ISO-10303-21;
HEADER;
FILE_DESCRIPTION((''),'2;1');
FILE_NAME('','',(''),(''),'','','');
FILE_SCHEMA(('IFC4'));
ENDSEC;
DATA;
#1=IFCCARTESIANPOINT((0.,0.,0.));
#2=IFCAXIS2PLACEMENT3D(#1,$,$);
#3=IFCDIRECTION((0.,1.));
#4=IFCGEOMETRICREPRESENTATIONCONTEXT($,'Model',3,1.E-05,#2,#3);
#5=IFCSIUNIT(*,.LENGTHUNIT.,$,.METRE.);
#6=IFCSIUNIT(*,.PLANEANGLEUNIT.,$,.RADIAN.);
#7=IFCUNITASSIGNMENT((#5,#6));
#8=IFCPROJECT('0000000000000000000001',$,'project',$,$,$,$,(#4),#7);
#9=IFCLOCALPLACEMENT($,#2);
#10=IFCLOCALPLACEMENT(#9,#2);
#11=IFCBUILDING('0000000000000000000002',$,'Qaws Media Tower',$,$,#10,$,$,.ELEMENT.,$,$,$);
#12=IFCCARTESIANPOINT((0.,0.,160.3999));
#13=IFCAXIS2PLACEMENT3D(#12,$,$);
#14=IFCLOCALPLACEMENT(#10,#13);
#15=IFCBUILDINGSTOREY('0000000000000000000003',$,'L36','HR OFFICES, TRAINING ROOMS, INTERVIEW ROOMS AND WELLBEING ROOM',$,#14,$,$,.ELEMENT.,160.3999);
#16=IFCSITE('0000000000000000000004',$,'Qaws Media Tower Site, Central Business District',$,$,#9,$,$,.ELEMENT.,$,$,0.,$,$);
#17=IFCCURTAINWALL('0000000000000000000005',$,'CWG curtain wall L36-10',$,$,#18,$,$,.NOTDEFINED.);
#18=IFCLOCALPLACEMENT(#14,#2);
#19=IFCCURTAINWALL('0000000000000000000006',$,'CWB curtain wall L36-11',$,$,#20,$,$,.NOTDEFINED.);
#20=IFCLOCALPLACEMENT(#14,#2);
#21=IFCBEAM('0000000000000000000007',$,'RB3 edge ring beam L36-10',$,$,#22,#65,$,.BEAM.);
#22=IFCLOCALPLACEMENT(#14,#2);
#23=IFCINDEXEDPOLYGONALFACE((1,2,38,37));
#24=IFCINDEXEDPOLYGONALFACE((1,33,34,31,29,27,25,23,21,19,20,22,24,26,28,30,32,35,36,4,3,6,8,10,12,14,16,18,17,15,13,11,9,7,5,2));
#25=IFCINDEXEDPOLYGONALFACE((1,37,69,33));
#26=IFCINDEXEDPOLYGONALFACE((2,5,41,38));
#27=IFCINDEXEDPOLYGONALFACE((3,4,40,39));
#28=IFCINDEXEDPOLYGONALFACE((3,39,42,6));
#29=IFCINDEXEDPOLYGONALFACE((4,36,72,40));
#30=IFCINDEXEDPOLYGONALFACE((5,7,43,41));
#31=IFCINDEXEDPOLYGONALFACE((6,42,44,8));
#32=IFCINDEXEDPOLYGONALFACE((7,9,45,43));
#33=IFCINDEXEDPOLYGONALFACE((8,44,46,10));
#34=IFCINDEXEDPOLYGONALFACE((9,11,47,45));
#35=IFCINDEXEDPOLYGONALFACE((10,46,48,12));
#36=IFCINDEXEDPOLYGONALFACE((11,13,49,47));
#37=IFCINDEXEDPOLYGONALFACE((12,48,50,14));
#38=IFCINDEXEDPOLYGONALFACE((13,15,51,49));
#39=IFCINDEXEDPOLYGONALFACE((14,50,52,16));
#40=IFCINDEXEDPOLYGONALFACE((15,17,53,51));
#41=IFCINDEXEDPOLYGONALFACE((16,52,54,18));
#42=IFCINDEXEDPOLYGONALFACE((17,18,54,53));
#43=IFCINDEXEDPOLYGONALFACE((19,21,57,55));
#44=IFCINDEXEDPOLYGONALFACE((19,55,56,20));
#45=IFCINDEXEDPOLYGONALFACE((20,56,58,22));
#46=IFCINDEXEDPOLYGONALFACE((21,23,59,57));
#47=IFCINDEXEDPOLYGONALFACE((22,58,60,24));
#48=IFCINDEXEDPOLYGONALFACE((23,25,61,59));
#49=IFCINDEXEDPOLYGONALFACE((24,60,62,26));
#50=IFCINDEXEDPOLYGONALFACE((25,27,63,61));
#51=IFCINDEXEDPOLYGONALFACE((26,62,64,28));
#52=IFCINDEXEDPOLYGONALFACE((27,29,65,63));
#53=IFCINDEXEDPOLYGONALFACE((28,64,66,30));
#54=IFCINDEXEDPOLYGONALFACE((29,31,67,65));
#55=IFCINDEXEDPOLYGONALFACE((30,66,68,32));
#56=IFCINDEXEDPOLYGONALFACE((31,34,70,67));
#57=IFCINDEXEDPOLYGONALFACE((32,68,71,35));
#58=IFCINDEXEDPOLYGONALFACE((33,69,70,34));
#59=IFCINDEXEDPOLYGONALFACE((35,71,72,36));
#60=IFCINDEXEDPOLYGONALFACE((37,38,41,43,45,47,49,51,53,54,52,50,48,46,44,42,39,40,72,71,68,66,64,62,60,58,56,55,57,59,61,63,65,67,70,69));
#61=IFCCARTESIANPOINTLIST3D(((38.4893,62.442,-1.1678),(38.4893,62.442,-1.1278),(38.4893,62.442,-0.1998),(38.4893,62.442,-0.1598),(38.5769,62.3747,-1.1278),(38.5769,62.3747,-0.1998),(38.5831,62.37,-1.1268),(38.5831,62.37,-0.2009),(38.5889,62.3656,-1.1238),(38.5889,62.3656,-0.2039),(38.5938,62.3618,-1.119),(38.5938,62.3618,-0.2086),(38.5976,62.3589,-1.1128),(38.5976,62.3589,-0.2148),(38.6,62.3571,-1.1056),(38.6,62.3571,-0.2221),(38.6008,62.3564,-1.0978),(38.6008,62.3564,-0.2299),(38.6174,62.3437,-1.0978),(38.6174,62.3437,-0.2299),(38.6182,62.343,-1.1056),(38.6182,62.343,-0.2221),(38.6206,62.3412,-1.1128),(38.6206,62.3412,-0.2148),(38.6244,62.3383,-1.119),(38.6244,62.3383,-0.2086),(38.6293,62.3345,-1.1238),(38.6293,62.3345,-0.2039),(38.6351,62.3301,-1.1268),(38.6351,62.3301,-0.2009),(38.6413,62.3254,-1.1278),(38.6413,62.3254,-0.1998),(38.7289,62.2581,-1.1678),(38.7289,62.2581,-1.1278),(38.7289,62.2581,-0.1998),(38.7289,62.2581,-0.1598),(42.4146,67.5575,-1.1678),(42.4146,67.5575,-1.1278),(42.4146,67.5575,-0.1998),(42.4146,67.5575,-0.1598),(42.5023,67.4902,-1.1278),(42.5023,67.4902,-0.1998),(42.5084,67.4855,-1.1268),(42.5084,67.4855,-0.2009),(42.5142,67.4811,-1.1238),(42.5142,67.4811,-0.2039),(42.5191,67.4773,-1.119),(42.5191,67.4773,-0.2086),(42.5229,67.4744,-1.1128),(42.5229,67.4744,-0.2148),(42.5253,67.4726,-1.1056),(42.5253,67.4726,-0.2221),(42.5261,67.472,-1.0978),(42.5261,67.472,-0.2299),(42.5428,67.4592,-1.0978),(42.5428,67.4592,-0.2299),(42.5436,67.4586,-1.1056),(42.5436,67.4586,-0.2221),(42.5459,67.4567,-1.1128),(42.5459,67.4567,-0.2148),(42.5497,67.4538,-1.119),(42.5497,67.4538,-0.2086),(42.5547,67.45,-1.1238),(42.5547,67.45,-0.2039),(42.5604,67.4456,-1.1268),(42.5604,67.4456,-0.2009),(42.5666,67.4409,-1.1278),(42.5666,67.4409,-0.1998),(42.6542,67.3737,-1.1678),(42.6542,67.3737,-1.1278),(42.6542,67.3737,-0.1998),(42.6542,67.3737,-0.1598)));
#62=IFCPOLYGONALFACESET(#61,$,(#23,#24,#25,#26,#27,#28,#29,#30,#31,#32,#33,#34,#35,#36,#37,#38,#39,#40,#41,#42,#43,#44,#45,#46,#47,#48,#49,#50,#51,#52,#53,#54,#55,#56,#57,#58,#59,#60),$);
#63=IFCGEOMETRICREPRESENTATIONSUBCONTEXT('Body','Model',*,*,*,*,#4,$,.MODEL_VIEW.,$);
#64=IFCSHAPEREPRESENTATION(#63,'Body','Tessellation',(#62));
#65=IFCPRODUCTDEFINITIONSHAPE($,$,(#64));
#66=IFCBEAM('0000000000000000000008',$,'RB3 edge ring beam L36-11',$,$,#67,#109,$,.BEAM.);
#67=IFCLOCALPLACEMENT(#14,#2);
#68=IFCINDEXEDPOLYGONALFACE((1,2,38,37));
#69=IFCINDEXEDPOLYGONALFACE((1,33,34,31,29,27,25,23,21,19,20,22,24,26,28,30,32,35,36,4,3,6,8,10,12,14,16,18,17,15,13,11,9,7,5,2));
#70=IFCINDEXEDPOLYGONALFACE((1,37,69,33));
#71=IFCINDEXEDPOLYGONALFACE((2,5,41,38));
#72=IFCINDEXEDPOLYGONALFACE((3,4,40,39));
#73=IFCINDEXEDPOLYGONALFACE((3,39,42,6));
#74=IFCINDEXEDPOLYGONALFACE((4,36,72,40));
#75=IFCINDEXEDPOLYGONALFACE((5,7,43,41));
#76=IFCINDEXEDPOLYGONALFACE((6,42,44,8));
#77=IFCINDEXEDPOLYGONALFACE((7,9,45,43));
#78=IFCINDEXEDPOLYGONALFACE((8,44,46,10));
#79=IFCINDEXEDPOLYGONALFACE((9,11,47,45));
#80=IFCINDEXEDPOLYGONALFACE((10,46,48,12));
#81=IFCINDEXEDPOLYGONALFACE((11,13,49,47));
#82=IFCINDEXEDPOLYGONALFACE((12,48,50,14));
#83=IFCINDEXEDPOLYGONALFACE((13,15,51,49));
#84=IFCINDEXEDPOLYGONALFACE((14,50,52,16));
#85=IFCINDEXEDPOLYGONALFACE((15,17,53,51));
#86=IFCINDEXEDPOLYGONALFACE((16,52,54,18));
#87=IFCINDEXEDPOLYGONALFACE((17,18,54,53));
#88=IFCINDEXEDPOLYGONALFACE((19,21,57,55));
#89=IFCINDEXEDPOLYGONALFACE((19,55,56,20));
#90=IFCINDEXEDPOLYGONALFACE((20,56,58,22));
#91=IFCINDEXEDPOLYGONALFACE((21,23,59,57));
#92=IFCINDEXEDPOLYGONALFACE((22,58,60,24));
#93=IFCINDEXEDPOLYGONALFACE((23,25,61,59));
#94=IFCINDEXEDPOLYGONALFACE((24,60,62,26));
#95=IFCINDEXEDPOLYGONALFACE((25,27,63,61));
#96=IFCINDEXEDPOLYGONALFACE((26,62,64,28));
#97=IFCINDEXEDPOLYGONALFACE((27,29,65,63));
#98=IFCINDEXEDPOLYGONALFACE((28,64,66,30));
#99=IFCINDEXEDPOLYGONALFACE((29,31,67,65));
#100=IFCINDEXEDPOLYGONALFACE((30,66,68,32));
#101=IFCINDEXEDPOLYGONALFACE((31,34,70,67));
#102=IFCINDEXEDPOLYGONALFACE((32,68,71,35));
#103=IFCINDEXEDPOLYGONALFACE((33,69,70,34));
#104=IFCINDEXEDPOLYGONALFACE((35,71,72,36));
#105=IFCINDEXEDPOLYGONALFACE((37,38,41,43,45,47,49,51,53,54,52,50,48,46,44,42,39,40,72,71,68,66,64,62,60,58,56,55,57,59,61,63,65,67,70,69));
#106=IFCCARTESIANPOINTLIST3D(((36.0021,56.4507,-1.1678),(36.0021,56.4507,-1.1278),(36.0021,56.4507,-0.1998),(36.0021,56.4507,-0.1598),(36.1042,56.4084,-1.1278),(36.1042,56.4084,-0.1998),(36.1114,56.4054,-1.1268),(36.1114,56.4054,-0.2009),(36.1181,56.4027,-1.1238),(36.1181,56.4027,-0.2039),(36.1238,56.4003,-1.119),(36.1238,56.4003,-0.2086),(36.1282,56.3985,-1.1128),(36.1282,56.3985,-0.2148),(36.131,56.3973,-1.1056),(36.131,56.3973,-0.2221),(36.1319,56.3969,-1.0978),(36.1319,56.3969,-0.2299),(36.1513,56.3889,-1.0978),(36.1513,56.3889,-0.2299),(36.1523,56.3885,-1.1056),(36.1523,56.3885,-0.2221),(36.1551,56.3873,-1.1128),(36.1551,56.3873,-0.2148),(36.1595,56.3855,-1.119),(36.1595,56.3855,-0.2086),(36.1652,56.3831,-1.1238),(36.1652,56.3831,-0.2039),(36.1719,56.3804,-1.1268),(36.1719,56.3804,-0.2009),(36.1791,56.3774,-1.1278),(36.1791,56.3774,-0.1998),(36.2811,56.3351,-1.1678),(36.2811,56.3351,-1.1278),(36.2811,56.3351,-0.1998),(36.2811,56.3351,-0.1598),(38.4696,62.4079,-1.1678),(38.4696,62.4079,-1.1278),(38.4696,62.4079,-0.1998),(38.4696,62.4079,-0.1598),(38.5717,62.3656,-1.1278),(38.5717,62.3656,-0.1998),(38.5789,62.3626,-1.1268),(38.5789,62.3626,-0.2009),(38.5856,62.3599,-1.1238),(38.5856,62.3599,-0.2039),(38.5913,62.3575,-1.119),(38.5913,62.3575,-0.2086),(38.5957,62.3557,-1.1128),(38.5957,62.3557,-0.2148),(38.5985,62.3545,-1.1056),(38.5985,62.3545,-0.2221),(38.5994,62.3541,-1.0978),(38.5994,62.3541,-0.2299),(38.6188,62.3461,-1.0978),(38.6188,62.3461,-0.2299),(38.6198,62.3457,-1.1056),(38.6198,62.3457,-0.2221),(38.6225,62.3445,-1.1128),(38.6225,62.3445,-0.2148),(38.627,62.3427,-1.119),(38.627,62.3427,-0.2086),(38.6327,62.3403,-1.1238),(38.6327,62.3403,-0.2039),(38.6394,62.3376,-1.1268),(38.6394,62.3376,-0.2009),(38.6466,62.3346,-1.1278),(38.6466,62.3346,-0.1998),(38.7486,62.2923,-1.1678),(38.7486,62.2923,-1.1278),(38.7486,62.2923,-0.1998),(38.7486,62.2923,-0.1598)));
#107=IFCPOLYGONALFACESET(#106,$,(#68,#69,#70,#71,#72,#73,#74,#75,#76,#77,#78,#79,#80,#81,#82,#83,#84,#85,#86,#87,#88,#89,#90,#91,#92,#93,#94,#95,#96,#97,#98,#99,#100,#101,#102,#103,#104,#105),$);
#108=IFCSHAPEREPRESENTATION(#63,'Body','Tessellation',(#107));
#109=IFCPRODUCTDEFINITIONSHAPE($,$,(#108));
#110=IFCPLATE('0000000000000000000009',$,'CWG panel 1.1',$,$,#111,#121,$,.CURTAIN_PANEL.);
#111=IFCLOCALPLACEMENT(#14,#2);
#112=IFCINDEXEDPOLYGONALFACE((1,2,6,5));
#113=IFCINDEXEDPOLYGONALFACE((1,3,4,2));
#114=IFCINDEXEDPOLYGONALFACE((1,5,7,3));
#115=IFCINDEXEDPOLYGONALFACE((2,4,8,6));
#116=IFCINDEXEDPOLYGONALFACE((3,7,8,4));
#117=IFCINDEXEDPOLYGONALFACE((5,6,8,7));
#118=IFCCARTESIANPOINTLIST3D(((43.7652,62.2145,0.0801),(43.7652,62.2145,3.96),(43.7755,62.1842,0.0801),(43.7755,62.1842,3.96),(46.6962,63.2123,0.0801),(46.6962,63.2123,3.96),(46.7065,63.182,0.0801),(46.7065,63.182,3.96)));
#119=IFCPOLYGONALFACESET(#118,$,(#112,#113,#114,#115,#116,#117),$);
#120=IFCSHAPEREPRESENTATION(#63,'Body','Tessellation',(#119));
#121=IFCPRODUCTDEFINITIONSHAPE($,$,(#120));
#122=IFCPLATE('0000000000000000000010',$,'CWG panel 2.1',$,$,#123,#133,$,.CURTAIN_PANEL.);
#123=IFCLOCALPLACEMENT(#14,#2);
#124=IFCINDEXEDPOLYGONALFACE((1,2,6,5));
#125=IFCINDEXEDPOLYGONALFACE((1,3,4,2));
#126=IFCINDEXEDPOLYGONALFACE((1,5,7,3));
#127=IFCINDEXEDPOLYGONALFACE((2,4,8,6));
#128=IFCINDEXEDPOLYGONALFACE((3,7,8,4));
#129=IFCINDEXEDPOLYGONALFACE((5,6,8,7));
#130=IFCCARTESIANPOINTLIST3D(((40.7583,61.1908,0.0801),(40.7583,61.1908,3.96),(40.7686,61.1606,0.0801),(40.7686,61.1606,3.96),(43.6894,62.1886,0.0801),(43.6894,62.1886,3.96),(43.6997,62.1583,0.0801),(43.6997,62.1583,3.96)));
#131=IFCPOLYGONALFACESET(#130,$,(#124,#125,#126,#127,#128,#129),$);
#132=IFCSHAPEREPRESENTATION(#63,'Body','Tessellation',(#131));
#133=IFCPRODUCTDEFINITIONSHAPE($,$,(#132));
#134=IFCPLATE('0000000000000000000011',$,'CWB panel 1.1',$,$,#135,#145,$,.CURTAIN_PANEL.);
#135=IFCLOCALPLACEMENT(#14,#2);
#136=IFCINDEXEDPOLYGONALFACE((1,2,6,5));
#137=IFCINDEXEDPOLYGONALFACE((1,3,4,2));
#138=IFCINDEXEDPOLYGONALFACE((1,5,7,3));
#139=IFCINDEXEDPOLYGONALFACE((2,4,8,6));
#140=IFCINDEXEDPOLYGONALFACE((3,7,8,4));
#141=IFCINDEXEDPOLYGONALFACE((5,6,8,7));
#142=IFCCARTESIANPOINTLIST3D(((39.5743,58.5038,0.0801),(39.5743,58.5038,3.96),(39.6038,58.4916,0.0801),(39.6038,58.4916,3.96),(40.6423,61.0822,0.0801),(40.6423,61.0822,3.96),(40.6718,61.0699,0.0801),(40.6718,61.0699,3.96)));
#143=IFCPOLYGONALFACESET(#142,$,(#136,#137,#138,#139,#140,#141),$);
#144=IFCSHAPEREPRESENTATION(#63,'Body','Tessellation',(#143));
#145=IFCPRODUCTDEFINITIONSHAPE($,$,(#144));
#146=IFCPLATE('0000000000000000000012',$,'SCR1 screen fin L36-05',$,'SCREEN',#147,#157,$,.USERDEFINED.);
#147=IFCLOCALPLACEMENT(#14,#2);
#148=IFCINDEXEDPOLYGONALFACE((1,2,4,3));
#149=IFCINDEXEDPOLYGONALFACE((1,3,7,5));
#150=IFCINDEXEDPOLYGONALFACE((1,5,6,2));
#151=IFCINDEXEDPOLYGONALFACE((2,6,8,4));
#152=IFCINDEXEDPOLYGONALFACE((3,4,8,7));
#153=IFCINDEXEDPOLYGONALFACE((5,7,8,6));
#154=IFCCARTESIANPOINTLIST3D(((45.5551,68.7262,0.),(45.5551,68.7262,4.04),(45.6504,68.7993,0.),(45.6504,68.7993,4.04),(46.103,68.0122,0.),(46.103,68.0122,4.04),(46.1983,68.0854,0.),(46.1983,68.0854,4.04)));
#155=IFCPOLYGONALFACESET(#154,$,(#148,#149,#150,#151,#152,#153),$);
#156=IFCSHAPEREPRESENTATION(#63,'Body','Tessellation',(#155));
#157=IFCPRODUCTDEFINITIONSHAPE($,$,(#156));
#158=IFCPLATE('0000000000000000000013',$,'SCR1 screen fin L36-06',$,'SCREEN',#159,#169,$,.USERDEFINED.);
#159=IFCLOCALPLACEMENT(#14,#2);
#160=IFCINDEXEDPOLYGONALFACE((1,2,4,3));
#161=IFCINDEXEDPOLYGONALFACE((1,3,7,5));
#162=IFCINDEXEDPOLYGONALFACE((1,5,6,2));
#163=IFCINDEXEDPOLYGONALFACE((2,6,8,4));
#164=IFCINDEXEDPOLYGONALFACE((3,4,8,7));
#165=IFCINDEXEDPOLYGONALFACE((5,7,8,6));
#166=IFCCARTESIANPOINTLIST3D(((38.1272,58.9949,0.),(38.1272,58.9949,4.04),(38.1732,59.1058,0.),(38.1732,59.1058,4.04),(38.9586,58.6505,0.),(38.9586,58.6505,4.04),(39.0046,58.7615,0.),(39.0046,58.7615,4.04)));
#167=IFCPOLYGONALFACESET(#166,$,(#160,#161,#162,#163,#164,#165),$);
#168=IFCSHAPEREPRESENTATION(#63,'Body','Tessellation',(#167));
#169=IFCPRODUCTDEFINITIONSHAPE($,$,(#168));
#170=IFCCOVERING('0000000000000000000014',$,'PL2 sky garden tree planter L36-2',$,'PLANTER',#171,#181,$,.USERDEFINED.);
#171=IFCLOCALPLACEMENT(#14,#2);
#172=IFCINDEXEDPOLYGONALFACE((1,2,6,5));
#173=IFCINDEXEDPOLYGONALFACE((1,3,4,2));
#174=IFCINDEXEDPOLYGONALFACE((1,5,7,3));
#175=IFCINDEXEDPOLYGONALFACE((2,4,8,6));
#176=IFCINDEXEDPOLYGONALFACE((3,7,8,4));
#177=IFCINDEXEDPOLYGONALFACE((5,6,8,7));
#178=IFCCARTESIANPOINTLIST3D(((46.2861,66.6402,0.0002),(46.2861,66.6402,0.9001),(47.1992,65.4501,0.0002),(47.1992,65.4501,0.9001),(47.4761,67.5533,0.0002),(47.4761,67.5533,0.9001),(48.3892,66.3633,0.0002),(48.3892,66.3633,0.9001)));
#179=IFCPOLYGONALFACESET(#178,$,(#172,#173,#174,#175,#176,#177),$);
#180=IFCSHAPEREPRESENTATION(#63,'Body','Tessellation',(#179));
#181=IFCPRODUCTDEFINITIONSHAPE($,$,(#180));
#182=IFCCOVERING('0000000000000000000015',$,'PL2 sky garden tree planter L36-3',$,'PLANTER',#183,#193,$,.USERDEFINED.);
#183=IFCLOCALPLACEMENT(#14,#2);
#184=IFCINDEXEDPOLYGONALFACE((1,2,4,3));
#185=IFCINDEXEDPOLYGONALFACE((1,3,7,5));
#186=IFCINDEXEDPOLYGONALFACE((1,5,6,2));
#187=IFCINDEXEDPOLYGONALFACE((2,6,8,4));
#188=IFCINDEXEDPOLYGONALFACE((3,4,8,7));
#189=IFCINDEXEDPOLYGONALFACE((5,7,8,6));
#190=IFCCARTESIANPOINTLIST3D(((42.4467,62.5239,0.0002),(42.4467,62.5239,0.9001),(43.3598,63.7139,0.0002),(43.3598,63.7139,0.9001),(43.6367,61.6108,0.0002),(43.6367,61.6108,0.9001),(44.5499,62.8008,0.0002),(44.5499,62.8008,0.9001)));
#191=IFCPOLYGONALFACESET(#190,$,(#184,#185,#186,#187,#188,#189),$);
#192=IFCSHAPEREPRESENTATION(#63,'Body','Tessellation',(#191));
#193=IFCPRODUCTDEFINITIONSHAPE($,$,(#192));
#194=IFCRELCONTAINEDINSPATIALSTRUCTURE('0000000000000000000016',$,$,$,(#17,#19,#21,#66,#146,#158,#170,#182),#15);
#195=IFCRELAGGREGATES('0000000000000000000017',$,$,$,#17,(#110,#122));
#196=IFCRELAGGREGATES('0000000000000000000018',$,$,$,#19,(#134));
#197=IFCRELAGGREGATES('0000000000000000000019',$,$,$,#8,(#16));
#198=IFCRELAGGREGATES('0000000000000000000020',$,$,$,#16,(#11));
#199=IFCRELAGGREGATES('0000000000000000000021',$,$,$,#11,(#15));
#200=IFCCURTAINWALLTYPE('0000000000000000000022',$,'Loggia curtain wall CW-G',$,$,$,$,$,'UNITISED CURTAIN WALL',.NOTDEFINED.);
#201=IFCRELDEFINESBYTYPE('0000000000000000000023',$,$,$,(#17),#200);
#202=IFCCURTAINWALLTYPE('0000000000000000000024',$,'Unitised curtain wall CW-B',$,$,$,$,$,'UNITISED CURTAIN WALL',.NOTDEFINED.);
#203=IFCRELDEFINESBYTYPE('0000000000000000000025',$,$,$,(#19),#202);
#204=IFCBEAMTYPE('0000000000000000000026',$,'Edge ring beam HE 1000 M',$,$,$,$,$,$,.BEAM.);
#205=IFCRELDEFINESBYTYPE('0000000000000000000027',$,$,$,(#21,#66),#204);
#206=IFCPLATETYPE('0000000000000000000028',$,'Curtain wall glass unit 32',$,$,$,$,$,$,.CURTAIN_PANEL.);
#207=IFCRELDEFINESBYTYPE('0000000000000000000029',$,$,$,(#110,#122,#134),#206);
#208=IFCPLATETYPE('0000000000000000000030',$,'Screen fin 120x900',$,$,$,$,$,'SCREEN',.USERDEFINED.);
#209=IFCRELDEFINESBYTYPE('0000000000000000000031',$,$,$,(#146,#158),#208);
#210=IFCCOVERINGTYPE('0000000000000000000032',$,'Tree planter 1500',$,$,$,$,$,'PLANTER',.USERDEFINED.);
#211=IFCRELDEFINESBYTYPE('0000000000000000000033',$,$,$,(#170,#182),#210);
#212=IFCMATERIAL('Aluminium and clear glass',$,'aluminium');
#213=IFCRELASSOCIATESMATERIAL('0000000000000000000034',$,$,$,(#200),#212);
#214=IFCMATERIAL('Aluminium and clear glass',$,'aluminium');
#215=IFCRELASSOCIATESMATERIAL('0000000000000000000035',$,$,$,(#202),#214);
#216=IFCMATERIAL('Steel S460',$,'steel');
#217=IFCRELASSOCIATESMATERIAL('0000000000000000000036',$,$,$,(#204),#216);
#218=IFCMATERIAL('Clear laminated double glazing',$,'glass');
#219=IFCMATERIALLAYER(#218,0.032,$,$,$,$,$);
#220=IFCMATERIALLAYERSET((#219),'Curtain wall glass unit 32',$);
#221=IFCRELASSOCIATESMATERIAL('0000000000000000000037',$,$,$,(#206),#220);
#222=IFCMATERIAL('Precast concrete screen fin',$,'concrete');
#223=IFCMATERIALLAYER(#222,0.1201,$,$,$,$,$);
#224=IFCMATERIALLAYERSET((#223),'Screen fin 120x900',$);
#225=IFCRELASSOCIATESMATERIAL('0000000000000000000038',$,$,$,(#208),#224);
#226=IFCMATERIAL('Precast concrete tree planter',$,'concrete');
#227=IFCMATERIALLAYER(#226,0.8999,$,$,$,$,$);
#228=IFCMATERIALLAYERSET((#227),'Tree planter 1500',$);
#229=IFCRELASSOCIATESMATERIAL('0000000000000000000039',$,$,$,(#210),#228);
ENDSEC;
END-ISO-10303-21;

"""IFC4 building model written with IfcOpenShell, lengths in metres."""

from ifc_helpers import new_model, si_unit, direction, frame, origin, origin_2d, place, context, subcontext, project, spatial, rectangle, i_section, extrude, material, layer, layer_set, material_profile, profile_set, type_object, element, aggregate, save


model = new_model("IFC4")

# Units and contexts
model_context = context("Model", 3, precision=1e-05, world=origin(), true_north=direction((0.0, 1.0)))
body_context = subcontext(model_context, "Body", "Model", "MODEL_VIEW")
ifc_project = project(units=[si_unit("LENGTHUNIT", "METRE"), si_unit("PLANEANGLEUNIT", "RADIAN")], contexts=[model_context])

# Site, building, storey
site_placement = place(None, origin())
site = spatial("IfcSite", under=ifc_project, at=site_placement, Name="Qaws Media Tower Site, Central Business District", CompositionType="ELEMENT", RefElevation=0.0)
building_placement = place(site_placement, origin())
building = spatial("IfcBuilding", under=site, at=building_placement, Name="Qaws Media Tower", CompositionType="ELEMENT")
storey_placement = place(building_placement, frame((0.0, 0.0, 160.3999)))
storey = spatial("IfcBuildingStorey", under=building, at=storey_placement, Name="L36", Description="HR OFFICES, TRAINING ROOMS, INTERVIEW ROOMS AND WELLBEING ROOM", CompositionType="ELEMENT", Elevation=160.3999)

# Shared definitions
ifc_material_1 = material(Name="Aluminium and clear glass", Category="aluminium")
curtain_wall_type_1 = type_object("IfcCurtainWallType", Name="Loggia curtain wall CW-G", ElementType="UNITISED CURTAIN WALL", PredefinedType="NOTDEFINED", material=ifc_material_1)

# Curtain walls
curtain_wall_1_placement = place(storey_placement, origin())
curtain_wall_1 = element("IfcCurtainWall", 1, at=curtain_wall_1_placement, inside=storey, type_object=curtain_wall_type_1, Name="CWG curtain wall L36-10", PredefinedType="NOTDEFINED")
ifc_material_2 = material(Name="Aluminium and clear glass", Category="aluminium")
curtain_wall_type_2 = type_object("IfcCurtainWallType", Name="Unitised curtain wall CW-B", ElementType="UNITISED CURTAIN WALL", PredefinedType="NOTDEFINED", material=ifc_material_2)
curtain_wall_2_placement = place(storey_placement, origin())
curtain_wall_2 = element("IfcCurtainWall", 2, at=curtain_wall_2_placement, inside=storey, type_object=curtain_wall_type_2, Name="CWB curtain wall L36-11", PredefinedType="NOTDEFINED")

# Beams
ifc_material_3 = material(Name="Steel S460", Category="steel")
ifc_material_profile_1 = material_profile(ifc_material_3, i_section(OverallWidth=0.302, OverallDepth=1.0081, WebThickness=0.021, FlangeThickness=0.04, FilletRadius=0.03, at=origin_2d()), Name="HE 1000 M")
ifc_profile_set_1 = profile_set([ifc_material_profile_1], Name="Steel S460")
beam_type = type_object("IfcBeamType", Name="Edge ring beam HE 1000 M", PredefinedType="BEAM", material=ifc_profile_set_1)
for number, where, z_axis, x_axis, name in (
    (3, (42.5344, 67.4656, -0.6638), (-0.608766, -0.79335, 0.0), (0.79335, -0.608766, 0.0), "RB3 edge ring beam L36-10"),
    (4, (38.6091, 62.3501, -0.6638), (-0.382676, -0.923883, 0.0), (0.923883, -0.382676, 0.0), "RB3 edge ring beam L36-11"),
):
    element("IfcBeam", number, at=place(storey_placement, frame(where, z_axis=z_axis, x_axis=x_axis)), inside=storey, type_object=beam_type, Name=name, PredefinedType="BEAM", context=body_context, shape_type="SweptSolid", body=[
        extrude(i_section(OverallWidth=0.302, OverallDepth=1.0081, WebThickness=0.021, FlangeThickness=0.04, FilletRadius=0.03, at=origin_2d()), origin(), (0.0, 0.0, 1.0), 6.448),
    ])

# Plates
ifc_material_4 = material(Name="Clear laminated double glazing", Category="glass")
ifc_layer_1 = layer(ifc_material_4, 0.032)
ifc_layer_set_1 = layer_set([ifc_layer_1], Name="Curtain wall glass unit 32")
plate_type_1 = type_object("IfcPlateType", Name="Curtain wall glass unit 32", PredefinedType="CURTAIN_PANEL", material=ifc_layer_set_1)
plate_1_placement = place(storey_placement, frame((45.2358, 62.6982, 0.0801), z_axis=(0.0, 0.0, 1.0), x_axis=(-0.946655, -0.322248, 0.0)))
plate_1 = element("IfcPlate", 5, at=plate_1_placement, type_object=plate_type_1, Name="CWG panel 1.1", PredefinedType="CURTAIN_PANEL", context=body_context, shape_type="SweptSolid", body=[
    extrude(rectangle(XDim=3.0962, YDim=0.032, at=origin_2d()), origin(), (0.0, 0.0, 1.0), 3.8799),
])
plate_2_placement = place(storey_placement, frame((42.229, 61.6746, 0.0801), z_axis=(0.0, 0.0, 1.0), x_axis=(-0.946655, -0.322248, 0.0)))
plate_2 = element("IfcPlate", 6, at=plate_2_placement, type_object=plate_type_1, Name="CWG panel 2.1", PredefinedType="CURTAIN_PANEL", context=body_context, shape_type="SweptSolid", body=[
    extrude(rectangle(XDim=3.0962, YDim=0.032, at=origin_2d()), origin(), (0.0, 0.0, 1.0), 3.8799),
])
aggregate(curtain_wall_1, [plate_1, plate_2])
plate_3_placement = place(storey_placement, frame((40.123, 59.7869, 0.0801), z_axis=(0.0, 0.0, 1.0), x_axis=(-0.382683, -0.92388, 0.0)))
plate_3 = element("IfcPlate", 7, at=plate_3_placement, type_object=plate_type_1, Name="CWB panel 1.1", PredefinedType="CURTAIN_PANEL", context=body_context, shape_type="SweptSolid", body=[
    extrude(rectangle(XDim=2.7908, YDim=0.032, at=origin_2d()), origin(), (0.0, 0.0, 1.0), 3.8799),
])
aggregate(curtain_wall_2, [plate_3])

# Plates
ifc_material_5 = material(Name="Precast concrete screen fin", Category="concrete")
ifc_layer_2 = layer(ifc_material_5, 0.1201)
ifc_layer_set_2 = layer_set([ifc_layer_2], Name="Screen fin 120x900")
plate_type_2 = type_object("IfcPlateType", Name="Screen fin 120x900", ElementType="SCREEN", PredefinedType="USERDEFINED", material=ifc_layer_set_2)
for number, where, z_axis, x_axis, name in (
    (8, (45.8767, 68.4058, 0.0), (0.0, 0.0, 1.0), (-0.608761, 0.793353, 0.0), "SCR1 screen fin L36-05"),
    (9, (38.5659, 58.8782, 0.0), (0.0, 0.0, 1.0), (-0.92388, 0.382683, 0.0), "SCR1 screen fin L36-06"),
):
    element("IfcPlate", number, at=place(storey_placement, frame(where, z_axis=z_axis, x_axis=x_axis)), inside=storey, type_object=plate_type_2, Name=name, ObjectType="SCREEN", PredefinedType="USERDEFINED", context=body_context, shape_type="SweptSolid", body=[
        extrude(rectangle(XDim=0.8999, YDim=0.1201, at=origin_2d()), origin(), (0.0, 0.0, 1.0), 4.04),
    ])

# Coverings
ifc_material_6 = material(Name="Precast concrete tree planter", Category="concrete")
ifc_layer_3 = layer(ifc_material_6, 0.8999)
ifc_layer_set_3 = layer_set([ifc_layer_3], Name="Tree planter 1500")
covering_type = type_object("IfcCoveringType", Name="Tree planter 1500", ElementType="PLANTER", PredefinedType="USERDEFINED", material=ifc_layer_set_3)
for number, where, z_axis, x_axis, name in (
    (10, (47.3376, 66.5017, 0.0002), (0.0, 0.0, 1.0), (-0.608761, 0.793353, 0.0), "PL2 sky garden tree planter L36-2"),
    (11, (43.4983, 62.6624, 0.0002), (0.0, 0.0, 1.0), (-0.793353, 0.608761, 0.0), "PL2 sky garden tree planter L36-3"),
):
    element("IfcCovering", number, at=place(storey_placement, frame(where, z_axis=z_axis, x_axis=x_axis)), inside=storey, type_object=covering_type, Name=name, ObjectType="PLANTER", PredefinedType="USERDEFINED", context=body_context, shape_type="SweptSolid", body=[
        extrude(rectangle(XDim=1.5, YDim=1.5, at=origin_2d()), origin(), (0.0, 0.0, 1.0), 0.8999),
    ])

save(model, "model.ifc")
